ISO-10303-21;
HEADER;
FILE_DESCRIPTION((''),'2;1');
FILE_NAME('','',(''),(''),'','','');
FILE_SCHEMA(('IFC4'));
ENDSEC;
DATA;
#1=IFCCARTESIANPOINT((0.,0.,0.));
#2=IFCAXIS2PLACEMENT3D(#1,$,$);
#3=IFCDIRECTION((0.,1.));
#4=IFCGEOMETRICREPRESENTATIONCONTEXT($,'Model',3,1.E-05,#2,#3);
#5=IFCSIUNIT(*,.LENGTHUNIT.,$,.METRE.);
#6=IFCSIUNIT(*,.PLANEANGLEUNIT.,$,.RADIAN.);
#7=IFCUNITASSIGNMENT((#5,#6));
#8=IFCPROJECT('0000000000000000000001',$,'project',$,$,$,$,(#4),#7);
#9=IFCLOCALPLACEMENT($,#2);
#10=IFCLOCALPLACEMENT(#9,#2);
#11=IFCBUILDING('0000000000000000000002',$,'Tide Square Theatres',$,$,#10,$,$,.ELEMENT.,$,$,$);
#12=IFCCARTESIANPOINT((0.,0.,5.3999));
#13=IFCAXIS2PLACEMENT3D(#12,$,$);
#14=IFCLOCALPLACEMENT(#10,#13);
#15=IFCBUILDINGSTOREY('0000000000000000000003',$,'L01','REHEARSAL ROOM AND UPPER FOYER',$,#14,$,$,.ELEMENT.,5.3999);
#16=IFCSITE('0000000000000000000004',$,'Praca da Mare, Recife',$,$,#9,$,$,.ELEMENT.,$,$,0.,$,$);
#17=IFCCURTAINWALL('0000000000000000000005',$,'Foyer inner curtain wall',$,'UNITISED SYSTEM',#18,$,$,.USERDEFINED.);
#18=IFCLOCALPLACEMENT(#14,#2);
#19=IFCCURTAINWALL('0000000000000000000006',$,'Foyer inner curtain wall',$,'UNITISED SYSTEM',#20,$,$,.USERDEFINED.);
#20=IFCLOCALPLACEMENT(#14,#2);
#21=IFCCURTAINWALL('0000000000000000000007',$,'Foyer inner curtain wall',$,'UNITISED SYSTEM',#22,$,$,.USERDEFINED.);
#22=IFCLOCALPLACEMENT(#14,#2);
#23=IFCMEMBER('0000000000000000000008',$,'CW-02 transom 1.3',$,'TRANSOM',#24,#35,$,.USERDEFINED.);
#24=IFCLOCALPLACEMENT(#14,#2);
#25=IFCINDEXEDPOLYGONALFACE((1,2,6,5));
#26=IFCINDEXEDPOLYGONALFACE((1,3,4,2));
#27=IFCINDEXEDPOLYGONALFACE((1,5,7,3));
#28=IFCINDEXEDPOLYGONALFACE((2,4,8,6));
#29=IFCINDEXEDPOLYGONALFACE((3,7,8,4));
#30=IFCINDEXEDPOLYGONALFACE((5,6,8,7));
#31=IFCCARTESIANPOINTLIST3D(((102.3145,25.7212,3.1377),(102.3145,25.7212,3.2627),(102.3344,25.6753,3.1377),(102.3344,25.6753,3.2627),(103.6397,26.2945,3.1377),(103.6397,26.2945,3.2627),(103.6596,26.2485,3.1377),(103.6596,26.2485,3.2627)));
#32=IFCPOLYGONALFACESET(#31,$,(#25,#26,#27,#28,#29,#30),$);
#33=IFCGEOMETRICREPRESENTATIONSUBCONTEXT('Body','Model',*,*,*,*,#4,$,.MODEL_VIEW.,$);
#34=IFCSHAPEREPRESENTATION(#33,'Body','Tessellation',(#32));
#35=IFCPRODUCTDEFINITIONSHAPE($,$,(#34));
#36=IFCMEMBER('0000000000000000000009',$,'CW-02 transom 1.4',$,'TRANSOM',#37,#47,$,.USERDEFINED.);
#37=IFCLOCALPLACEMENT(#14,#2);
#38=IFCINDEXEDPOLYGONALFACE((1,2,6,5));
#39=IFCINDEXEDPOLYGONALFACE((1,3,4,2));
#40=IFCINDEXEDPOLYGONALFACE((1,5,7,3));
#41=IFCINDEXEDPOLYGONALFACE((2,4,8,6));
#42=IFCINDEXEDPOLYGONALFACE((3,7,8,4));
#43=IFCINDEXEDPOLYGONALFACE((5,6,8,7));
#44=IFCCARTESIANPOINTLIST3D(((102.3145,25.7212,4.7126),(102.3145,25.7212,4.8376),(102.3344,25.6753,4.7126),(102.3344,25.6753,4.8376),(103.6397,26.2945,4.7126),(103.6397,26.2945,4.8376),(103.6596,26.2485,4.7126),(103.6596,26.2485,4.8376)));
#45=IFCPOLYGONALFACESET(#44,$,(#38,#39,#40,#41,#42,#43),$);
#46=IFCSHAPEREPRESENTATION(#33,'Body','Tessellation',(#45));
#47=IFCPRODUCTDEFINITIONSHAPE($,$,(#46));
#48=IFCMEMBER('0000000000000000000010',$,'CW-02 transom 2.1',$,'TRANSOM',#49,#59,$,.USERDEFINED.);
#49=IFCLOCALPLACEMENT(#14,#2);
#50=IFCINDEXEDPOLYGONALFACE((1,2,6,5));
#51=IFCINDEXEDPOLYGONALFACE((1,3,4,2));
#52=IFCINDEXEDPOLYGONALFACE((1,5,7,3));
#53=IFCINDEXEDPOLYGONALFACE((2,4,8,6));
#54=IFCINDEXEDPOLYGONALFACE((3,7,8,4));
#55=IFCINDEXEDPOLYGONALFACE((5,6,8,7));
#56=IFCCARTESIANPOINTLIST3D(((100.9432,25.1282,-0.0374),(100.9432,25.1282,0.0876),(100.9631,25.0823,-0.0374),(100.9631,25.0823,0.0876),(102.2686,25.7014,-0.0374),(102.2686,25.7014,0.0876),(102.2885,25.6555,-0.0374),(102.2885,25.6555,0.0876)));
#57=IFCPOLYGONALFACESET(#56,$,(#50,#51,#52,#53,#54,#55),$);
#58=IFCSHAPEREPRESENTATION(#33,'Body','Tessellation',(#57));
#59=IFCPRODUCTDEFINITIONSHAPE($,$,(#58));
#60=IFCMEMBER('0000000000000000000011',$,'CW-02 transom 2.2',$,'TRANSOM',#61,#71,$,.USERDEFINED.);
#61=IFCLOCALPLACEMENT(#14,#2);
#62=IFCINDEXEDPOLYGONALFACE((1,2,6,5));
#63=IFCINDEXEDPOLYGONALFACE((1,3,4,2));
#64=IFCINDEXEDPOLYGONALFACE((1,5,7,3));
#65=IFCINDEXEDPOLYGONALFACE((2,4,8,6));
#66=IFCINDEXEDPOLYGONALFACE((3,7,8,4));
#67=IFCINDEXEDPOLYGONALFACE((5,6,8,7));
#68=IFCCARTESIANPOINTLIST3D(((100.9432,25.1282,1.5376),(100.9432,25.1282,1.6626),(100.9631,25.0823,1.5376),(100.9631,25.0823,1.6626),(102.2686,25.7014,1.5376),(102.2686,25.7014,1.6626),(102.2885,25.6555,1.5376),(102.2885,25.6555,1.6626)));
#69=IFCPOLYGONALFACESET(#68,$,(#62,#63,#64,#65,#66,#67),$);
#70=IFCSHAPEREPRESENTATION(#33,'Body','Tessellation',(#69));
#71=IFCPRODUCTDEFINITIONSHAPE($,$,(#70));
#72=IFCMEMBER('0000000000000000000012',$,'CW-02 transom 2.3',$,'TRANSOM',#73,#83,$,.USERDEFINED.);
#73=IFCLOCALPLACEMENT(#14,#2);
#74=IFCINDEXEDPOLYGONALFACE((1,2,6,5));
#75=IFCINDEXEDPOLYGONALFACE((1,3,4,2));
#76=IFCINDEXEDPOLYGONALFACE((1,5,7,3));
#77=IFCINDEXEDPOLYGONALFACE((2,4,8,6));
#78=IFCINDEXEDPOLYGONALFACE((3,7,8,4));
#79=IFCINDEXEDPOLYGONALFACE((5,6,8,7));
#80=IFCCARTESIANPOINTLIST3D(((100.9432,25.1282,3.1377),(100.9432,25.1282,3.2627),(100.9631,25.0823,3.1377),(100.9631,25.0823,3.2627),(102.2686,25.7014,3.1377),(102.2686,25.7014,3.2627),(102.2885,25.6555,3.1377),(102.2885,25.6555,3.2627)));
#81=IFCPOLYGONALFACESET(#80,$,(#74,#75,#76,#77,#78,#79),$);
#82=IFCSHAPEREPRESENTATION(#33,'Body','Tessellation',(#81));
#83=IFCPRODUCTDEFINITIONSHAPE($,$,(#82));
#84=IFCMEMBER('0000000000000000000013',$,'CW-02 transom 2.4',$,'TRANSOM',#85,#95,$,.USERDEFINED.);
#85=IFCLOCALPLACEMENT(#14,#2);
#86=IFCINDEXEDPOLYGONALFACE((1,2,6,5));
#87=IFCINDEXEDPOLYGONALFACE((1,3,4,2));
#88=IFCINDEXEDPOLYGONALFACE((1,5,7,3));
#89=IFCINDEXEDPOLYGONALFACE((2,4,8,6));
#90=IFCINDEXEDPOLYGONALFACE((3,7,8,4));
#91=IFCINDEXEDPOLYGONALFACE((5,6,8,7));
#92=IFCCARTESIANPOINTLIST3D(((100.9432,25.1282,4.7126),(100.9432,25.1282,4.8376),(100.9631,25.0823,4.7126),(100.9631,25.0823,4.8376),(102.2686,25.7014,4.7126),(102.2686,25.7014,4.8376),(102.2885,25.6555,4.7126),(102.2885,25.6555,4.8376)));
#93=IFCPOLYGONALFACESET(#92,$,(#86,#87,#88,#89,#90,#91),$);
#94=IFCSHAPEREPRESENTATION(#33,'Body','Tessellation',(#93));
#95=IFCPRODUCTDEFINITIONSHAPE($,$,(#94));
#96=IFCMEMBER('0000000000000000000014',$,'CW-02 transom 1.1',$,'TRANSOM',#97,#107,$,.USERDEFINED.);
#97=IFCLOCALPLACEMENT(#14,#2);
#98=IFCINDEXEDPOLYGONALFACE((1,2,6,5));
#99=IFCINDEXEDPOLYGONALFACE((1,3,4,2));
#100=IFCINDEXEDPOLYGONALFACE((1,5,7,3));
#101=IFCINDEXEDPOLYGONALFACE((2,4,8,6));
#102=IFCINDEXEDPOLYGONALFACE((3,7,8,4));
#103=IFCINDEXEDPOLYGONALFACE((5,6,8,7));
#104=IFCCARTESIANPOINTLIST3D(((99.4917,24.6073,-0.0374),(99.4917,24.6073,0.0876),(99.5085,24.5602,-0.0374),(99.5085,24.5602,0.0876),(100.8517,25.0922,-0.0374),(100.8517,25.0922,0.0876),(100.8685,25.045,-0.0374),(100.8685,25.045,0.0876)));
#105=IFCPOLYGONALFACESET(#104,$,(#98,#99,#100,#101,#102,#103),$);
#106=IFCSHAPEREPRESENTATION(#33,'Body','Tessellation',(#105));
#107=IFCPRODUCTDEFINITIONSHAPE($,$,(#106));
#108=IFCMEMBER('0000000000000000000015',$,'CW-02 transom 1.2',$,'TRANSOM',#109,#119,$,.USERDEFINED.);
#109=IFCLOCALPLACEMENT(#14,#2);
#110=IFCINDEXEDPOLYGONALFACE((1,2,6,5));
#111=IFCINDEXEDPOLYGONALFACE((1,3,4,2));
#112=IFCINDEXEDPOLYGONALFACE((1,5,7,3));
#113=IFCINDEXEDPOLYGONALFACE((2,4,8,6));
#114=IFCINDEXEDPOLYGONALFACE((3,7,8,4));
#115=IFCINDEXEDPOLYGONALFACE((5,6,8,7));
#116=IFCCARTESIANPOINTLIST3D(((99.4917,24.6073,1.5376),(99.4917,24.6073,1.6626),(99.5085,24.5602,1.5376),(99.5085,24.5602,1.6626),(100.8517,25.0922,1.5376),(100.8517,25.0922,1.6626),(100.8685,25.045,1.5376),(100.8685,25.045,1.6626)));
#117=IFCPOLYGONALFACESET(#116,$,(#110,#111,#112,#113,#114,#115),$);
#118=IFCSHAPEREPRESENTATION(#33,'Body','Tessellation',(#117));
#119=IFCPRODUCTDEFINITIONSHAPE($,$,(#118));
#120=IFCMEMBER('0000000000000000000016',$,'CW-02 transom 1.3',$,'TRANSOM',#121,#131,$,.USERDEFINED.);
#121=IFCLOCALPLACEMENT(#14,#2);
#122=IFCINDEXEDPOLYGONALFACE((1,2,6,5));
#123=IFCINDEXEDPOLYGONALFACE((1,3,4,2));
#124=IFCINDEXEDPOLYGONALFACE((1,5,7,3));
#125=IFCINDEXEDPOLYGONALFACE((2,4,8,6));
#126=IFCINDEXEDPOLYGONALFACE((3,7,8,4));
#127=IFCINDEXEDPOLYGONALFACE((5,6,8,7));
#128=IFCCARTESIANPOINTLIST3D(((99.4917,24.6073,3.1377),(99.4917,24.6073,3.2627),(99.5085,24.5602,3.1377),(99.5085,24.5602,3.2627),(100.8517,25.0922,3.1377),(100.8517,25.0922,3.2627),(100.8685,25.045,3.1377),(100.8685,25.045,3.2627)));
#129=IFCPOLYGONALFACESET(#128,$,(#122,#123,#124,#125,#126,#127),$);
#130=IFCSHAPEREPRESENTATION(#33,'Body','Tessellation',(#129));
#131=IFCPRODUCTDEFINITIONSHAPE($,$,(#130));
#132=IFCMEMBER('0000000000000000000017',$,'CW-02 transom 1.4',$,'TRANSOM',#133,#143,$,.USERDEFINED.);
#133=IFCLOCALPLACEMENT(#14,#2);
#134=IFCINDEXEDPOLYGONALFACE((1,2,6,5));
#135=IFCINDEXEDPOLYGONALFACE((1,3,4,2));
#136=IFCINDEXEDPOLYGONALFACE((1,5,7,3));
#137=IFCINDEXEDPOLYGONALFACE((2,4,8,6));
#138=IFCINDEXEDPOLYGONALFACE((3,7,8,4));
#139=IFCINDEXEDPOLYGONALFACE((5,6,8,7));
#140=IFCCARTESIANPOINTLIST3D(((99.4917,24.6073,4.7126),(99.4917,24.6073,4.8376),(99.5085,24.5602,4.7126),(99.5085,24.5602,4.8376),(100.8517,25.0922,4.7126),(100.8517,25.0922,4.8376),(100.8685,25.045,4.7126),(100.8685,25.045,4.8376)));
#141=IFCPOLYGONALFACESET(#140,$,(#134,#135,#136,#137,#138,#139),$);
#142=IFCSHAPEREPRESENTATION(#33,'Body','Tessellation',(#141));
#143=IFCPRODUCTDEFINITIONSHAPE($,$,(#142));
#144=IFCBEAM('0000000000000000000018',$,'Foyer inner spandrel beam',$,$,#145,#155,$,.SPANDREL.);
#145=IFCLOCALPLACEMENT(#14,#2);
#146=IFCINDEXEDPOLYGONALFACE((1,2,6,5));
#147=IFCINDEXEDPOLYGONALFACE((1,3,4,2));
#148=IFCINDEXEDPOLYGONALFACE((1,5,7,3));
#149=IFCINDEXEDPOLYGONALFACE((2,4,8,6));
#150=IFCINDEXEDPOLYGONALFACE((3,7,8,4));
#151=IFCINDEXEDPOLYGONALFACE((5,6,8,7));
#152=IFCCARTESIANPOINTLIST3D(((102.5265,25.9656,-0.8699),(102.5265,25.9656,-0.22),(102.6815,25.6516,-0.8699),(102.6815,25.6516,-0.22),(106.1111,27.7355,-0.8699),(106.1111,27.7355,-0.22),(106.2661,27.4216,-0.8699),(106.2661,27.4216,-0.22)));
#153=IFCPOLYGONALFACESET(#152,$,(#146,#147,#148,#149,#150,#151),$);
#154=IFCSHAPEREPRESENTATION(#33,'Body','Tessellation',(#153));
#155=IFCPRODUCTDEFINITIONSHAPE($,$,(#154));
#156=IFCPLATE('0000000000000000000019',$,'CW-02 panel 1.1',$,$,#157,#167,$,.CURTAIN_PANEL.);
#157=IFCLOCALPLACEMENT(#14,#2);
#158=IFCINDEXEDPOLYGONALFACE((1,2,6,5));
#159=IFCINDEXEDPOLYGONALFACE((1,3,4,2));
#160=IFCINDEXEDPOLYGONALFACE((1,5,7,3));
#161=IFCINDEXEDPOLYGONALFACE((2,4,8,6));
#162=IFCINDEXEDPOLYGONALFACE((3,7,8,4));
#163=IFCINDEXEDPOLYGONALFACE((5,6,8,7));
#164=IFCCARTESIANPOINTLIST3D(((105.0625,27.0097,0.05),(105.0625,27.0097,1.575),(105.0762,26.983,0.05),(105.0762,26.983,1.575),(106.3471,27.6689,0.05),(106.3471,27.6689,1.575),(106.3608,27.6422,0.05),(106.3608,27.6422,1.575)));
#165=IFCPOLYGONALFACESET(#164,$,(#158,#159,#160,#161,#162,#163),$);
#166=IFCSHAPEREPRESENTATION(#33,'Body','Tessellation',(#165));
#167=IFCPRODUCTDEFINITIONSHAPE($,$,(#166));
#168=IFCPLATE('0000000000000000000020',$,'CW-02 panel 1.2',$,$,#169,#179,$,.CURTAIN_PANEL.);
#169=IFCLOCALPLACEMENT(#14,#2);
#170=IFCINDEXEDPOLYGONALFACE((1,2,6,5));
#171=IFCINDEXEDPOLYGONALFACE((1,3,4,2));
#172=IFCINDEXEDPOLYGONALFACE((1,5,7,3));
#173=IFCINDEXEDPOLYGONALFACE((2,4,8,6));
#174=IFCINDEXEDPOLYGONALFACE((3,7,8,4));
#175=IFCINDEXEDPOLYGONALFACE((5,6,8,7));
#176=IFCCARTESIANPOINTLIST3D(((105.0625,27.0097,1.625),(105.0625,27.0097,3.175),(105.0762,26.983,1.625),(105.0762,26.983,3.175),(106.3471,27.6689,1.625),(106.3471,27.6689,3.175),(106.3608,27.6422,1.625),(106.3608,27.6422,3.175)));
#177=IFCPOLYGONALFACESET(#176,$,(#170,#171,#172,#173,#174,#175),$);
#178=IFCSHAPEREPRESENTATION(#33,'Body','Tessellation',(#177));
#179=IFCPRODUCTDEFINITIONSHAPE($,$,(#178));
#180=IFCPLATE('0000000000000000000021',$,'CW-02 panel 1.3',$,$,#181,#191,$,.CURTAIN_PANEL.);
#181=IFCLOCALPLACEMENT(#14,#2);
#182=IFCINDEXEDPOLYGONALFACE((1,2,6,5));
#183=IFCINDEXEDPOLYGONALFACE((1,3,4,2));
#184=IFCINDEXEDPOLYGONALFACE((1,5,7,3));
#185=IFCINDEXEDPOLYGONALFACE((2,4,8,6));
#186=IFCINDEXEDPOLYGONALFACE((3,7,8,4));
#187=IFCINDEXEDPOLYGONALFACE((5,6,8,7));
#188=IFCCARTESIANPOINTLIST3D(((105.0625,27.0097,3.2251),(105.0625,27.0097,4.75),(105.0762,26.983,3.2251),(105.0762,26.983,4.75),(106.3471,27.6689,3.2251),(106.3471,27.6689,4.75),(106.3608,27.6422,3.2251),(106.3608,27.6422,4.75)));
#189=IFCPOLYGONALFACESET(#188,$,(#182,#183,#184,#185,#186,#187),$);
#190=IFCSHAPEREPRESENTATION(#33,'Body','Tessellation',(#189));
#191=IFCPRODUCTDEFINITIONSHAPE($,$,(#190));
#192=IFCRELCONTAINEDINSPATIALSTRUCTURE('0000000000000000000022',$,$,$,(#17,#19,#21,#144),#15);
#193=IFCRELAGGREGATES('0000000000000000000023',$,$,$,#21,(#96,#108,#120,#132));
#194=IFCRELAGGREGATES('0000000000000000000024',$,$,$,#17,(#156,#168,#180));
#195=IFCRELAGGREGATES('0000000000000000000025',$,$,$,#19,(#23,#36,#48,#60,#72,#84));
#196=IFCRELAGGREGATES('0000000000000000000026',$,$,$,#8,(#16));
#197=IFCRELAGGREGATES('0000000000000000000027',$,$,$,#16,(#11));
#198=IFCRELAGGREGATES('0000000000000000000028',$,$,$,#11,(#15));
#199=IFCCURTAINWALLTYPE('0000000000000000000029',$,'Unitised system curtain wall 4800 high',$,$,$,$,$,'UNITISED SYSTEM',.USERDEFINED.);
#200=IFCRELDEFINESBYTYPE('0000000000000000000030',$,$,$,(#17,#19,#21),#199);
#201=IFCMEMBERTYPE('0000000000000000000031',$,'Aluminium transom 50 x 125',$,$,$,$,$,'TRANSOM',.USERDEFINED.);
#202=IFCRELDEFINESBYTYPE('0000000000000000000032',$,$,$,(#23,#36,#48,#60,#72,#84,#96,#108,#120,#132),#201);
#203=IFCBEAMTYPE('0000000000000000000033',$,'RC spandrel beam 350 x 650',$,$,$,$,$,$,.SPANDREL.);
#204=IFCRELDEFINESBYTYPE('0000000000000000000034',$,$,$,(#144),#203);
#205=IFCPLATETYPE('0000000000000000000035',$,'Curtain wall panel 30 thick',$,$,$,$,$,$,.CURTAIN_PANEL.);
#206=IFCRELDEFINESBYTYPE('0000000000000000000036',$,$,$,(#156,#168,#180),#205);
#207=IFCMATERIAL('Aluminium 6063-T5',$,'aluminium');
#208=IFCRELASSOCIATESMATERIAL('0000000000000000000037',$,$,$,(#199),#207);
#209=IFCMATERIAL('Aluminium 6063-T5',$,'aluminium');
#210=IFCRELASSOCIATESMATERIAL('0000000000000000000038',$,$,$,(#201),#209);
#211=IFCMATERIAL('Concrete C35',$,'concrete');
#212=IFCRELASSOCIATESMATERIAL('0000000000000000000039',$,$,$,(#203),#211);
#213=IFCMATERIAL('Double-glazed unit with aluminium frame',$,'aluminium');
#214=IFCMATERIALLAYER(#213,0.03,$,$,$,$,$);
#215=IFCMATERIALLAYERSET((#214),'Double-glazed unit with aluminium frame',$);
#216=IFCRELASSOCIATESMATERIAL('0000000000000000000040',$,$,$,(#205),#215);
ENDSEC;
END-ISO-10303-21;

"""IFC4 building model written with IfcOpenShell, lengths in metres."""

from ifc_helpers import new_model, si_unit, direction, frame, origin, origin_2d, place, context, subcontext, project, spatial, rectangle, extrude, material, layer, layer_set, material_profile, profile_set, type_object, element, aggregate, save


model = new_model("IFC4")

# Units and contexts
model_context = context("Model", 3, precision=1e-05, world=origin(), true_north=direction((0.0, 1.0)))
body_context = subcontext(model_context, "Body", "Model", "MODEL_VIEW")
ifc_project = project(units=[si_unit("LENGTHUNIT", "METRE"), si_unit("PLANEANGLEUNIT", "RADIAN")], contexts=[model_context])

# Site, building, storey
site_placement = place(None, origin())
site = spatial("IfcSite", under=ifc_project, at=site_placement, Name="Praca da Mare, Recife", CompositionType="ELEMENT", RefElevation=0.0)
building_placement = place(site_placement, origin())
building = spatial("IfcBuilding", under=site, at=building_placement, Name="Tide Square Theatres", CompositionType="ELEMENT")
storey_placement = place(building_placement, frame((0.0, 0.0, 5.3999)))
storey = spatial("IfcBuildingStorey", under=building, at=storey_placement, Name="L01", Description="REHEARSAL ROOM AND UPPER FOYER", CompositionType="ELEMENT", Elevation=5.3999)

# Curtain walls
ifc_material_1 = material(Name="Aluminium 6063-T5", Category="aluminium")
curtain_wall_type = type_object("IfcCurtainWallType", Name="Unitised system curtain wall 4800 high", ElementType="UNITISED SYSTEM", PredefinedType="USERDEFINED", material=ifc_material_1)
curtain_wall_1_placement = place(storey_placement, origin())
curtain_wall_1 = element("IfcCurtainWall", 1, at=curtain_wall_1_placement, inside=storey, type_object=curtain_wall_type, Name="Foyer inner curtain wall", ObjectType="UNITISED SYSTEM", PredefinedType="USERDEFINED")
curtain_wall_2_placement = place(storey_placement, origin())
curtain_wall_2 = element("IfcCurtainWall", 2, at=curtain_wall_2_placement, inside=storey, type_object=curtain_wall_type, Name="Foyer inner curtain wall", ObjectType="UNITISED SYSTEM", PredefinedType="USERDEFINED")

# Curtain wall
curtain_wall_3_placement = place(storey_placement, origin())
curtain_wall_3 = element("IfcCurtainWall", 3, at=curtain_wall_3_placement, inside=storey, type_object=curtain_wall_type, Name="Foyer inner curtain wall", ObjectType="UNITISED SYSTEM", PredefinedType="USERDEFINED")

# Members
ifc_material_2 = material(Name="Aluminium 6063-T5", Category="aluminium")
ifc_material_profile_1 = material_profile(ifc_material_2, rectangle(XDim=0.05, YDim=0.125, at=origin_2d()))
ifc_profile_set_1 = profile_set([ifc_material_profile_1], Name="Aluminium 6063-T5")
member_type_1 = type_object("IfcMemberType", Name="Aluminium transom 50 x 125", ElementType="TRANSOM", PredefinedType="USERDEFINED", material=ifc_profile_set_1)
member_1_placement = place(storey_placement, frame((103.6497, 26.2715, 3.2002), z_axis=(-0.91781, -0.397019, 0.0), x_axis=(0.397019, -0.91781, 0.0)))
member_1 = element("IfcMember", 4, at=member_1_placement, type_object=member_type_1, Name="CW-02 transom 1.3", ObjectType="TRANSOM", PredefinedType="USERDEFINED", context=body_context, shape_type="SweptSolid", body=[
    extrude(rectangle(XDim=0.05, YDim=0.125, at=origin_2d()), origin(), (0.0, 0.0, 1.0), 1.4438),
])
member_2_placement = place(storey_placement, frame((103.6497, 26.2715, 4.7751), z_axis=(-0.91781, -0.397019, 0.0), x_axis=(0.397019, -0.91781, 0.0)))
member_2 = element("IfcMember", 5, at=member_2_placement, type_object=member_type_1, Name="CW-02 transom 1.4", ObjectType="TRANSOM", PredefinedType="USERDEFINED", context=body_context, shape_type="SweptSolid", body=[
    extrude(rectangle(XDim=0.05, YDim=0.125, at=origin_2d()), origin(), (0.0, 0.0, 1.0), 1.4438),
])
member_3_placement = place(storey_placement, frame((102.2786, 25.6785, 0.0251), z_axis=(-0.917837, -0.396957, 0.0), x_axis=(0.396957, -0.917837, 0.0)))
member_3 = element("IfcMember", 6, at=member_3_placement, type_object=member_type_1, Name="CW-02 transom 2.1", ObjectType="TRANSOM", PredefinedType="USERDEFINED", context=body_context, shape_type="SweptSolid", body=[
    extrude(rectangle(XDim=0.05, YDim=0.125, at=origin_2d()), origin(), (0.0, 0.0, 1.0), 1.4441),
])
member_4_placement = place(storey_placement, frame((102.2786, 25.6785, 1.6001), z_axis=(-0.917837, -0.396957, 0.0), x_axis=(0.396957, -0.917837, 0.0)))
member_4 = element("IfcMember", 7, at=member_4_placement, type_object=member_type_1, Name="CW-02 transom 2.2", ObjectType="TRANSOM", PredefinedType="USERDEFINED", context=body_context, shape_type="SweptSolid", body=[
    extrude(rectangle(XDim=0.05, YDim=0.125, at=origin_2d()), origin(), (0.0, 0.0, 1.0), 1.4441),
])
member_5_placement = place(storey_placement, frame((102.2786, 25.6785, 3.2002), z_axis=(-0.917837, -0.396957, 0.0), x_axis=(0.396957, -0.917837, 0.0)))
member_5 = element("IfcMember", 8, at=member_5_placement, type_object=member_type_1, Name="CW-02 transom 2.3", ObjectType="TRANSOM", PredefinedType="USERDEFINED", context=body_context, shape_type="SweptSolid", body=[
    extrude(rectangle(XDim=0.05, YDim=0.125, at=origin_2d()), origin(), (0.0, 0.0, 1.0), 1.4441),
])
member_6_placement = place(storey_placement, frame((102.2786, 25.6785, 4.7751), z_axis=(-0.917837, -0.396957, 0.0), x_axis=(0.396957, -0.917837, 0.0)))
member_6 = element("IfcMember", 9, at=member_6_placement, type_object=member_type_1, Name="CW-02 transom 2.4", ObjectType="TRANSOM", PredefinedType="USERDEFINED", context=body_context, shape_type="SweptSolid", body=[
    extrude(rectangle(XDim=0.05, YDim=0.125, at=origin_2d()), origin(), (0.0, 0.0, 1.0), 1.4441),
])
member_7_placement = place(storey_placement, frame((100.8601, 25.0686, 0.0251), z_axis=(-0.941937, -0.33579, 0.0), x_axis=(0.33579, -0.941937, 0.0)))
member_7 = element("IfcMember", 10, at=member_7_placement, type_object=member_type_1, Name="CW-02 transom 1.1", ObjectType="TRANSOM", PredefinedType="USERDEFINED", context=body_context, shape_type="SweptSolid", body=[
    extrude(rectangle(XDim=0.05, YDim=0.125, at=origin_2d()), origin(), (0.0, 0.0, 1.0), 1.4438),
])
member_8_placement = place(storey_placement, frame((100.8601, 25.0686, 1.6001), z_axis=(-0.941937, -0.33579, 0.0), x_axis=(0.33579, -0.941937, 0.0)))
member_8 = element("IfcMember", 11, at=member_8_placement, type_object=member_type_1, Name="CW-02 transom 1.2", ObjectType="TRANSOM", PredefinedType="USERDEFINED", context=body_context, shape_type="SweptSolid", body=[
    extrude(rectangle(XDim=0.05, YDim=0.125, at=origin_2d()), origin(), (0.0, 0.0, 1.0), 1.4438),
])
member_9_placement = place(storey_placement, frame((100.8601, 25.0686, 3.2002), z_axis=(-0.941937, -0.33579, 0.0), x_axis=(0.33579, -0.941937, 0.0)))
member_9 = element("IfcMember", 12, at=member_9_placement, type_object=member_type_1, Name="CW-02 transom 1.3", ObjectType="TRANSOM", PredefinedType="USERDEFINED", context=body_context, shape_type="SweptSolid", body=[
    extrude(rectangle(XDim=0.05, YDim=0.125, at=origin_2d()), origin(), (0.0, 0.0, 1.0), 1.4438),
])
member_10_placement = place(storey_placement, frame((100.8601, 25.0686, 4.7751), z_axis=(-0.941937, -0.33579, 0.0), x_axis=(0.33579, -0.941937, 0.0)))
member_10 = element("IfcMember", 13, at=member_10_placement, type_object=member_type_1, Name="CW-02 transom 1.4", ObjectType="TRANSOM", PredefinedType="USERDEFINED", context=body_context, shape_type="SweptSolid", body=[
    extrude(rectangle(XDim=0.05, YDim=0.125, at=origin_2d()), origin(), (0.0, 0.0, 1.0), 1.4438),
])
aggregate(curtain_wall_3, [member_7, member_8, member_9, member_10])

# Beam
ifc_material_3 = material(Name="Concrete C35", Category="concrete")
ifc_material_profile_2 = material_profile(ifc_material_3, rectangle(XDim=0.3501, YDim=0.6499, at=origin_2d()))
ifc_profile_set_2 = profile_set([ifc_material_profile_2], Name="Concrete C35")
beam_type = type_object("IfcBeamType", Name="RC spandrel beam 350 x 650", PredefinedType="SPANDREL", material=ifc_profile_set_2)
beam_placement = place(storey_placement, frame((102.604, 25.8086, -0.5449), z_axis=(0.896651, 0.442738, 0.0), x_axis=(-0.442738, 0.896651, 0.0)))
element("IfcBeam", 14, at=beam_placement, inside=storey, type_object=beam_type, Name="Foyer inner spandrel beam", PredefinedType="SPANDREL", context=body_context, shape_type="SweptSolid", body=[
    extrude(rectangle(XDim=0.3501, YDim=0.6499, at=origin_2d()), origin(), (0.0, 0.0, 1.0), 3.9978),
])

# Plates
ifc_material_4 = material(Name="Double-glazed unit with aluminium frame", Category="aluminium")
ifc_layer_1 = layer(ifc_material_4, 0.03)
ifc_layer_set_1 = layer_set([ifc_layer_1], Name="Double-glazed unit with aluminium frame")
plate_type = type_object("IfcPlateType", Name="Curtain wall panel 30 thick", PredefinedType="CURTAIN_PANEL", material=ifc_layer_set_1)
plate_1_placement = place(storey_placement, frame((105.7117, 27.3259, 0.05), z_axis=(0.0, 0.0, 1.0), x_axis=(-0.889691, -0.456564, 0.0)))
plate_1 = element("IfcPlate", 15, at=plate_1_placement, type_object=plate_type, Name="CW-02 panel 1.1", PredefinedType="CURTAIN_PANEL", context=body_context, shape_type="SweptSolid", body=[
    extrude(rectangle(XDim=1.4438, YDim=0.03, at=origin_2d()), origin(), (0.0, 0.0, 1.0), 1.5249),
])
plate_2_placement = place(storey_placement, frame((105.7117, 27.3259, 1.625), z_axis=(0.0, 0.0, 1.0), x_axis=(-0.889691, -0.456564, 0.0)))
plate_2 = element("IfcPlate", 16, at=plate_2_placement, type_object=plate_type, Name="CW-02 panel 1.2", PredefinedType="CURTAIN_PANEL", context=body_context, shape_type="SweptSolid", body=[
    extrude(rectangle(XDim=1.4438, YDim=0.03, at=origin_2d()), origin(), (0.0, 0.0, 1.0), 1.55),
])
plate_3_placement = place(storey_placement, frame((105.7117, 27.3259, 3.2251), z_axis=(0.0, 0.0, 1.0), x_axis=(-0.889691, -0.456564, 0.0)))
plate_3 = element("IfcPlate", 17, at=plate_3_placement, type_object=plate_type, Name="CW-02 panel 1.3", PredefinedType="CURTAIN_PANEL", context=body_context, shape_type="SweptSolid", body=[
    extrude(rectangle(XDim=1.4438, YDim=0.03, at=origin_2d()), origin(), (0.0, 0.0, 1.0), 1.5249),
])
aggregate(curtain_wall_1, [plate_1, plate_2, plate_3])
aggregate(curtain_wall_2, [member_1, member_2, member_3, member_4, member_5, member_6])

save(model, "model.ifc")
